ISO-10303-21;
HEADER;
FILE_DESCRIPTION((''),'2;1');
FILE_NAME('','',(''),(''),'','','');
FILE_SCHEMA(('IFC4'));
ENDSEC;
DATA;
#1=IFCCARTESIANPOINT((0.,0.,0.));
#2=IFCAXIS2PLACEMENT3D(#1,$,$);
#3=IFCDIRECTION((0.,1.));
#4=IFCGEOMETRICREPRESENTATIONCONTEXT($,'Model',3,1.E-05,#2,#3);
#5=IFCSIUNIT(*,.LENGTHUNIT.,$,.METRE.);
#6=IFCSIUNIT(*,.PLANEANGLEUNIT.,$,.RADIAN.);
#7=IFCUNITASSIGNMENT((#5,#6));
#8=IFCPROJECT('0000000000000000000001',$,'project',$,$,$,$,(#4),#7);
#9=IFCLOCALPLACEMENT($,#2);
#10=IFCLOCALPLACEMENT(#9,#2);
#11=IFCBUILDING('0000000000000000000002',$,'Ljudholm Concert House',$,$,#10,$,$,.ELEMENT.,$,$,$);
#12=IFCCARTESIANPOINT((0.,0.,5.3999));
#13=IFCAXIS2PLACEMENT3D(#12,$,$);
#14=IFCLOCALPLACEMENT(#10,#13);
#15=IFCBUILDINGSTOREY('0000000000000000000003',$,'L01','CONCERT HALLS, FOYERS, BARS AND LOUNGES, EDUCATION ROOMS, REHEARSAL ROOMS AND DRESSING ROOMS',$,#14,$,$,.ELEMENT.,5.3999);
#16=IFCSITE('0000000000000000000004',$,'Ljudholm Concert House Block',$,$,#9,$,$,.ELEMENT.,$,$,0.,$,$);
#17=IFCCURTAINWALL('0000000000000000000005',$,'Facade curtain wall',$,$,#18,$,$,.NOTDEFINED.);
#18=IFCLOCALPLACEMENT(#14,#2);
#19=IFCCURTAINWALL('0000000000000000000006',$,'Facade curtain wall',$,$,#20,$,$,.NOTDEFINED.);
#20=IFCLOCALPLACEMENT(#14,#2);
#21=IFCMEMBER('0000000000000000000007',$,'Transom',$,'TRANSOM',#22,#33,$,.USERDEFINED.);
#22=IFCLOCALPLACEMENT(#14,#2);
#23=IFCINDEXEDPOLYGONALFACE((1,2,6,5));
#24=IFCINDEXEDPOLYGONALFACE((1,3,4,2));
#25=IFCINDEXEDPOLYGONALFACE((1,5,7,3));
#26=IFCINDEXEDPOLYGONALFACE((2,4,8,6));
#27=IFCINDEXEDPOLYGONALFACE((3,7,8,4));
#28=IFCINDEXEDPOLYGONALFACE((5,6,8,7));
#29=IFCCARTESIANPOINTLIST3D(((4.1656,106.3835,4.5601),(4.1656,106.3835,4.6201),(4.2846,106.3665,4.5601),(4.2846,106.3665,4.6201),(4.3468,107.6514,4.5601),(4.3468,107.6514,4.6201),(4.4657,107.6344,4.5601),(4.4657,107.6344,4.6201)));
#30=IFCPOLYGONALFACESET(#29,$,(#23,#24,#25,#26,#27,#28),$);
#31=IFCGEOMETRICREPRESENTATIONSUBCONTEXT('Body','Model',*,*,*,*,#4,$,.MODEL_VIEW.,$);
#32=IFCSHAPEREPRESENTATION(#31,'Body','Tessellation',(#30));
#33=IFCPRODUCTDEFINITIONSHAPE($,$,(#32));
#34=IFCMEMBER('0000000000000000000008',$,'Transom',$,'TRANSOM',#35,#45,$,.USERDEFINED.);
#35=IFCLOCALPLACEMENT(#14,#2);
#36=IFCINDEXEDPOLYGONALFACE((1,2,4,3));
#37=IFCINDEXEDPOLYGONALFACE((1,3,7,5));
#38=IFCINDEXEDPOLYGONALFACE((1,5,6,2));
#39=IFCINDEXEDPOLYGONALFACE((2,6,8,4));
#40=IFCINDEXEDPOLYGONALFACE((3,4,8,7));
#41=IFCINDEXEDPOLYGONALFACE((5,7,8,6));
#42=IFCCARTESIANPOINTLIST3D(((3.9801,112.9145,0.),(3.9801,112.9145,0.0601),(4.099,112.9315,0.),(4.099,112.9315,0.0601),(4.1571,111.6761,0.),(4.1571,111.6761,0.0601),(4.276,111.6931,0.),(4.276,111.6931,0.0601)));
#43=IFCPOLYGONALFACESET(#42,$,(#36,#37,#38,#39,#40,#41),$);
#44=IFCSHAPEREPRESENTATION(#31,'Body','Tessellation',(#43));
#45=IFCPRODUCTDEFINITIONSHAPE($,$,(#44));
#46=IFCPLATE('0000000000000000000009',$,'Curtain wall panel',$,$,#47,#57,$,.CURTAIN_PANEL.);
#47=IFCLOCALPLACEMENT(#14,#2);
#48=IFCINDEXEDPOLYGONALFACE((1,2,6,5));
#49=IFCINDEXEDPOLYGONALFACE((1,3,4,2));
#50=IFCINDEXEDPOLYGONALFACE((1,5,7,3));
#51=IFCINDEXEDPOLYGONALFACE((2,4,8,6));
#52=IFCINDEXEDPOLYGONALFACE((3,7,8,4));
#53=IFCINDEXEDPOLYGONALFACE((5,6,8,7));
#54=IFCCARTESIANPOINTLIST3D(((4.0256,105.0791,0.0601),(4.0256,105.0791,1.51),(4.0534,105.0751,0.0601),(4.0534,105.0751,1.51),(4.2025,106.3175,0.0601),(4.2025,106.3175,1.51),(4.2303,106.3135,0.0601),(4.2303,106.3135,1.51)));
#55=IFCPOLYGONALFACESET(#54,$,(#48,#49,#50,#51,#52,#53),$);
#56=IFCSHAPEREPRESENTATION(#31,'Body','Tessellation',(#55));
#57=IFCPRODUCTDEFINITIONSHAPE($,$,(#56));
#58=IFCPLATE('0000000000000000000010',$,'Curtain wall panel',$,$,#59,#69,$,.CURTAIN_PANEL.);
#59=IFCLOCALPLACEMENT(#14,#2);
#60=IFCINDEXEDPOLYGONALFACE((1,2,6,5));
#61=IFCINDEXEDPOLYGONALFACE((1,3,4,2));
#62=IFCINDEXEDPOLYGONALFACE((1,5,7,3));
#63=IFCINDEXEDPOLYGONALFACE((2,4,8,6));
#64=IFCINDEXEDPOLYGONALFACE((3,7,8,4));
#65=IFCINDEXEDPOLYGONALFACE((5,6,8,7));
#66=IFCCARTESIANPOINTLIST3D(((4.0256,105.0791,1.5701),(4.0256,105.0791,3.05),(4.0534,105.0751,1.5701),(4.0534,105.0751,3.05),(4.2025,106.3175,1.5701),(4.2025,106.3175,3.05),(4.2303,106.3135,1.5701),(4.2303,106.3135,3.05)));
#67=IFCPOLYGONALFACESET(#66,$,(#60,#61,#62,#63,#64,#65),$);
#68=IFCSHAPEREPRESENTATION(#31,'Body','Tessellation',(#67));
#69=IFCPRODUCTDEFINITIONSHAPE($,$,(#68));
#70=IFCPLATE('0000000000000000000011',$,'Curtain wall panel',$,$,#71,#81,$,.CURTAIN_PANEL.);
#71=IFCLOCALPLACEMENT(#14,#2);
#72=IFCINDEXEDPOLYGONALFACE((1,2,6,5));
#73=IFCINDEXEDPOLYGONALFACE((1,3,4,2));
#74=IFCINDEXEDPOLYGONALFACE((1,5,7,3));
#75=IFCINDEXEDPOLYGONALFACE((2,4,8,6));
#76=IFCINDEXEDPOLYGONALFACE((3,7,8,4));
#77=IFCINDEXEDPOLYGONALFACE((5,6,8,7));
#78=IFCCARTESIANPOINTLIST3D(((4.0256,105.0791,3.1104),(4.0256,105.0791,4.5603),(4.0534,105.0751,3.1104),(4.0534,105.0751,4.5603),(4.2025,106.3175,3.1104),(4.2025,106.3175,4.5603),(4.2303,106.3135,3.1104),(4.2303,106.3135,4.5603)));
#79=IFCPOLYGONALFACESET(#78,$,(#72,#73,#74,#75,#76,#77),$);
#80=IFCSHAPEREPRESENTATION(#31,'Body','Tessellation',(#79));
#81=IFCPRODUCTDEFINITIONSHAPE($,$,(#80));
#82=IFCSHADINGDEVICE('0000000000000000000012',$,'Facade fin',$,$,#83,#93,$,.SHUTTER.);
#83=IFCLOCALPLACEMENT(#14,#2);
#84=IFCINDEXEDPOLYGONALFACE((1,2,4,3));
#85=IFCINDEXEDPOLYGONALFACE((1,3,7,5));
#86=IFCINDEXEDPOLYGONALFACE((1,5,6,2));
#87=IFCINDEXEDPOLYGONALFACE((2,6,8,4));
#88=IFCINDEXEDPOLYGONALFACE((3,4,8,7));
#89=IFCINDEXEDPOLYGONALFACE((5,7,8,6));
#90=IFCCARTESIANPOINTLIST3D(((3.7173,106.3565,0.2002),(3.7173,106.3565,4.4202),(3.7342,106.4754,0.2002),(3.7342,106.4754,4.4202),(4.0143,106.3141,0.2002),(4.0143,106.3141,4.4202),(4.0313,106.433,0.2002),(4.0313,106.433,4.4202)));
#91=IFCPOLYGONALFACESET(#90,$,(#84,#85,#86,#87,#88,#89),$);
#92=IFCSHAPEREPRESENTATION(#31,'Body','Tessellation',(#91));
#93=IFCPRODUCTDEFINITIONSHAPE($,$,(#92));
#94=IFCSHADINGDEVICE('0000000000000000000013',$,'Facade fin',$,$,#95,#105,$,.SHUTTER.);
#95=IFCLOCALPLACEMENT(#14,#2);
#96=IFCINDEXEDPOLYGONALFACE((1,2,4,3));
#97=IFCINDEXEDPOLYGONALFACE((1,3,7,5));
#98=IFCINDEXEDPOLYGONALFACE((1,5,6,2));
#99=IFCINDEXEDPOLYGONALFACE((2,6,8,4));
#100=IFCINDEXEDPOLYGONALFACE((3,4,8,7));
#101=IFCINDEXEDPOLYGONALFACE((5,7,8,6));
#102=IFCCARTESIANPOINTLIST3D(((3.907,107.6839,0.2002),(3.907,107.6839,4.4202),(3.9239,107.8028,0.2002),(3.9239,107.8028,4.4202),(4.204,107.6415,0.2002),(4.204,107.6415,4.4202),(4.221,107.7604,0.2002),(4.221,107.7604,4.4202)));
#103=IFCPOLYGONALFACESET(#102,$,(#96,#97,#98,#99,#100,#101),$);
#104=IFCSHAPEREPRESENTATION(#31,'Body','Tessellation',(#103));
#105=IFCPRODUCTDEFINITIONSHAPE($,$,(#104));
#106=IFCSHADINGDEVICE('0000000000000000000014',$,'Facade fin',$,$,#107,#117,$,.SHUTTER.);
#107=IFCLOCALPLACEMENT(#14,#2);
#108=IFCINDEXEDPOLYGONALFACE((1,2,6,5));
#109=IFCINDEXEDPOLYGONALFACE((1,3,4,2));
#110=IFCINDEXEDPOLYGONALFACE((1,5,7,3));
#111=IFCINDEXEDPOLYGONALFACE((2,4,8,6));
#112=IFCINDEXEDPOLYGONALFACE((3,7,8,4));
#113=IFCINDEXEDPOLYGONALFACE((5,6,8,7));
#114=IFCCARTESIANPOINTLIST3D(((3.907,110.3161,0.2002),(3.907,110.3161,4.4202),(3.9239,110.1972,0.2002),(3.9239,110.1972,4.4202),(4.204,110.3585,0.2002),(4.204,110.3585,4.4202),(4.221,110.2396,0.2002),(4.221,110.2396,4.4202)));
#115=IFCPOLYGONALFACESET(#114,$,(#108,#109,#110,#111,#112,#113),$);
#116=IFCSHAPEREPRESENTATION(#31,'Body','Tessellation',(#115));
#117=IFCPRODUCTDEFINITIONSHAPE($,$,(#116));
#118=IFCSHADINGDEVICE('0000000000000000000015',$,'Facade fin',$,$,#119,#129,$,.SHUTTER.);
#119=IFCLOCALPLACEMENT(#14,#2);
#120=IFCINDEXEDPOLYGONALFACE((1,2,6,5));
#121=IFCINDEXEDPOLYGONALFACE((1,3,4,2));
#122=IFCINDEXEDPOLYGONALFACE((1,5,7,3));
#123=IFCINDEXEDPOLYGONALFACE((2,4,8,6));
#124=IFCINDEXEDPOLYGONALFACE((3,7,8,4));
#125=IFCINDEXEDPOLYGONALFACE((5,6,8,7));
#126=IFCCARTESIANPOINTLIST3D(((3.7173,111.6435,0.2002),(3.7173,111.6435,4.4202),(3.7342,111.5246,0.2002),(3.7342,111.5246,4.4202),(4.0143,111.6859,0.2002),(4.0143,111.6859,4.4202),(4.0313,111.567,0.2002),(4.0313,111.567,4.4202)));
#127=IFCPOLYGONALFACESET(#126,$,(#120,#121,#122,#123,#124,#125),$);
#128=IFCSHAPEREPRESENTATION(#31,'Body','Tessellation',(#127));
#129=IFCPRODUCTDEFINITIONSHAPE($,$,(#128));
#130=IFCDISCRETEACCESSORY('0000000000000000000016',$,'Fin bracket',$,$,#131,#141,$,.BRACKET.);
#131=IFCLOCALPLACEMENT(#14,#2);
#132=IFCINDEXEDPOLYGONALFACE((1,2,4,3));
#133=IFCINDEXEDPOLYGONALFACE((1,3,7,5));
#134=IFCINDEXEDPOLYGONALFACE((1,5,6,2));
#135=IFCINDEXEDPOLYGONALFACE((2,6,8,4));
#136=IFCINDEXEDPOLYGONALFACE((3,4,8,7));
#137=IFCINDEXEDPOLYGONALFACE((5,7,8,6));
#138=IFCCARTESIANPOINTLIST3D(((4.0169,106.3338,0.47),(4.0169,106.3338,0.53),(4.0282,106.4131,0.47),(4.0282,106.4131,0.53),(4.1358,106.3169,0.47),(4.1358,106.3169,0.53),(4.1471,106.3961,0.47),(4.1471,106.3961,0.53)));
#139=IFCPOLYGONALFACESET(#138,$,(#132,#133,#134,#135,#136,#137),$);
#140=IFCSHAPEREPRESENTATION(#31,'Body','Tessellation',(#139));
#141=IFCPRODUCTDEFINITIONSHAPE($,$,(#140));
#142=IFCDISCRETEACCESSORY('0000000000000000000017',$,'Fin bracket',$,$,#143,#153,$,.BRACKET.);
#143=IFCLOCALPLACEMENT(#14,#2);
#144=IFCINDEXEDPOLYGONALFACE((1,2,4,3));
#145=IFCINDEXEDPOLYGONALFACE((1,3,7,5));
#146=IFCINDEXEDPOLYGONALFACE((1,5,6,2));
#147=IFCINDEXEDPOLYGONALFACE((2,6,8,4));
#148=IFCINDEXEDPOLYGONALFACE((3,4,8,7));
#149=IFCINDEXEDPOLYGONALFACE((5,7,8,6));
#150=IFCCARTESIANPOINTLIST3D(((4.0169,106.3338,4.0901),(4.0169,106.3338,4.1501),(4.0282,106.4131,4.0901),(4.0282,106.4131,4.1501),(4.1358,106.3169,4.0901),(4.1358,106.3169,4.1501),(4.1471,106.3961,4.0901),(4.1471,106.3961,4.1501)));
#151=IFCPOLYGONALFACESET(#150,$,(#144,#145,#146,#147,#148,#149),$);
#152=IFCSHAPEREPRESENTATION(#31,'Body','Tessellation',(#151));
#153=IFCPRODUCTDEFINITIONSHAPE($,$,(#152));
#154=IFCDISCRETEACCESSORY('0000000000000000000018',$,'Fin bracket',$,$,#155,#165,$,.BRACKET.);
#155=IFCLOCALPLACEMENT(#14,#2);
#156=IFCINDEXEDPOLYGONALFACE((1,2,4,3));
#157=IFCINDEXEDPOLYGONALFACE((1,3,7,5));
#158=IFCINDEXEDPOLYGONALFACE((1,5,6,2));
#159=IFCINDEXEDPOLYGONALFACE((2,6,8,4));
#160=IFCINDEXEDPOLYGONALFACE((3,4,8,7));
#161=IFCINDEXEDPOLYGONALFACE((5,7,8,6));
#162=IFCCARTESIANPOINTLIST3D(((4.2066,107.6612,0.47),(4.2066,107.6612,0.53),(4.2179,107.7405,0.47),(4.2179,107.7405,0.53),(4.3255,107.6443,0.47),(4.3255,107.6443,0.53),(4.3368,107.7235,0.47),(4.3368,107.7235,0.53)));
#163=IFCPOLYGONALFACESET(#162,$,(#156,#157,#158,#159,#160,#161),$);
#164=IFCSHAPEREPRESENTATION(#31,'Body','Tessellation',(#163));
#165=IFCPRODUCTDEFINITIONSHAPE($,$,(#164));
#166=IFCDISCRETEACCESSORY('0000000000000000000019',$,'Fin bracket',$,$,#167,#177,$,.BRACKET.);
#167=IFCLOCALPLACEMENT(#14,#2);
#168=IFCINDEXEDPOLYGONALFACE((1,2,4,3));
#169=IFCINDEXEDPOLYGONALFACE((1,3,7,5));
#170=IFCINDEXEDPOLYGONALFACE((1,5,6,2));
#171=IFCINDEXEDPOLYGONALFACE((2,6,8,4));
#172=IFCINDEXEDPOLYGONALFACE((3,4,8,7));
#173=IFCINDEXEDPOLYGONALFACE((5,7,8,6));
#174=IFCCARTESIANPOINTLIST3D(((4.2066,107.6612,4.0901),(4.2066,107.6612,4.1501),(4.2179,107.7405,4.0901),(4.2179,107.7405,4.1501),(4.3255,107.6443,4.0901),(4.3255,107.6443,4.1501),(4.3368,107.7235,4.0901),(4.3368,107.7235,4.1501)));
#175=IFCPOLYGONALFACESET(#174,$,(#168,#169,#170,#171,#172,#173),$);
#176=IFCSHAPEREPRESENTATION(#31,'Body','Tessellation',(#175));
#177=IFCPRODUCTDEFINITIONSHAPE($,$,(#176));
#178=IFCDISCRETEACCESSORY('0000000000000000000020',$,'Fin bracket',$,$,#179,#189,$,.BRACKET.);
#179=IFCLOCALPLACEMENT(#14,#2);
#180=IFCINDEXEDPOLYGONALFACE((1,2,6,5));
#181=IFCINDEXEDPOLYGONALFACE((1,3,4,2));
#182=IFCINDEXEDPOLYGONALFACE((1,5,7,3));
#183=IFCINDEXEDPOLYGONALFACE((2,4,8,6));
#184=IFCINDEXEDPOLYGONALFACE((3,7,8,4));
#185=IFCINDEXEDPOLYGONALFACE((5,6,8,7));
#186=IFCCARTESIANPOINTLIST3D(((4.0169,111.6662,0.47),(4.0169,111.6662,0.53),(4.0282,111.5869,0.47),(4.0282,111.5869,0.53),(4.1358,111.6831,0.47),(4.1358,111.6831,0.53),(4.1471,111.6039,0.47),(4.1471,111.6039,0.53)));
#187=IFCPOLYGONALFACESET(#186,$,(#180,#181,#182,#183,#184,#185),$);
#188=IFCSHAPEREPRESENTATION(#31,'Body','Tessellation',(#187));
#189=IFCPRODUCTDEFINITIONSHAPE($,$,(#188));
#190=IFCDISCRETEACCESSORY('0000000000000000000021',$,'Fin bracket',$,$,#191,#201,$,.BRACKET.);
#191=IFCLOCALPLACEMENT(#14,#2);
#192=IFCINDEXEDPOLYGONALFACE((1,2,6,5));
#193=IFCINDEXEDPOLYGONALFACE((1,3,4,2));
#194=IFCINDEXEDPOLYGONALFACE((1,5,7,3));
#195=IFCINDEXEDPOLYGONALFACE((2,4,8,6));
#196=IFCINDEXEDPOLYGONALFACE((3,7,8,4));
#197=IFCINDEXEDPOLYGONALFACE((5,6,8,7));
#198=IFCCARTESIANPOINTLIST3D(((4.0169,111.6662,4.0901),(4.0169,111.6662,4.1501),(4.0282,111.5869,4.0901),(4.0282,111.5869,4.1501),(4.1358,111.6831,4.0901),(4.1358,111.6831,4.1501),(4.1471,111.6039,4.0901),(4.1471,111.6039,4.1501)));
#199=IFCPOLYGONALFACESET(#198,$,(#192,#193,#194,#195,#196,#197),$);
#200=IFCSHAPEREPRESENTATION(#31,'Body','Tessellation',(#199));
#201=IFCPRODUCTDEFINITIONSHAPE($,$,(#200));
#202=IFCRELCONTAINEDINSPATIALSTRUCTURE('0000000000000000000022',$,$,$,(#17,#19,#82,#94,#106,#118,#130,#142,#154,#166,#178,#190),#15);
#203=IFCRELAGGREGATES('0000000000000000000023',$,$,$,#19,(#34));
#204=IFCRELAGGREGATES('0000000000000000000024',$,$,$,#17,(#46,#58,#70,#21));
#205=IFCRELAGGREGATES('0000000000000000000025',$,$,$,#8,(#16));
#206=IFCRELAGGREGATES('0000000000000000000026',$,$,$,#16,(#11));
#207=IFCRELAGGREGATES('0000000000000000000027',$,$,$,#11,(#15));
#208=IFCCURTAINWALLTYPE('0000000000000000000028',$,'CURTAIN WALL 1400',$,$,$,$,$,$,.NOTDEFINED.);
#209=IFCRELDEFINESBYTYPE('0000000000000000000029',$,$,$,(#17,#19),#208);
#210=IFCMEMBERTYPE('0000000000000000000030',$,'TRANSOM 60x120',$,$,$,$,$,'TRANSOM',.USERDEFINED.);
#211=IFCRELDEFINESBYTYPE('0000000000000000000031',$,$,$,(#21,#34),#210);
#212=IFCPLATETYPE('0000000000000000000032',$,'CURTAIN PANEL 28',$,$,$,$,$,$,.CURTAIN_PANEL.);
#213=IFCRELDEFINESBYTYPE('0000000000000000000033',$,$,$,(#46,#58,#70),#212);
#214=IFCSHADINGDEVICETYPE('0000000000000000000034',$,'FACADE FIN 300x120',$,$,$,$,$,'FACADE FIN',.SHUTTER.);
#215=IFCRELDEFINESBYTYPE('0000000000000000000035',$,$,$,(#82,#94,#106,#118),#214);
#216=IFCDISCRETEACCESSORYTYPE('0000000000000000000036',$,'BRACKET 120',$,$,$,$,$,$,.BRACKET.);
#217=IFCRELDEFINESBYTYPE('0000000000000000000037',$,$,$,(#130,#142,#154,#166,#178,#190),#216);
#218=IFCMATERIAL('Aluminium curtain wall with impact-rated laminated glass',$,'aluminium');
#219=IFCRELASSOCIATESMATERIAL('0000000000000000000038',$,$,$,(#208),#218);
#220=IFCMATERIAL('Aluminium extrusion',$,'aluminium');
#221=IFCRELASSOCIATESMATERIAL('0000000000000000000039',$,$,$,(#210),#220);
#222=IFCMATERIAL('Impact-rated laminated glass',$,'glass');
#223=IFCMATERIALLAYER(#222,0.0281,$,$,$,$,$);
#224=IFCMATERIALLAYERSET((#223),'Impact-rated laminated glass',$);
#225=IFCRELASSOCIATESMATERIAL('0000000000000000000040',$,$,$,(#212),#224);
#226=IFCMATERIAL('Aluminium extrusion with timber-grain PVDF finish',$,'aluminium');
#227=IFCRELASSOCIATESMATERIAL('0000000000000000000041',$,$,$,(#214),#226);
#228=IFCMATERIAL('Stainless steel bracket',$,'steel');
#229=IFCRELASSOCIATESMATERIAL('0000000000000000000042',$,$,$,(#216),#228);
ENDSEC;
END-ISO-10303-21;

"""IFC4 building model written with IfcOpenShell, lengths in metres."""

from ifc_helpers import new_model, si_unit, direction, frame, origin, origin_2d, place, context, subcontext, project, spatial, rectangle, extrude, material, layer, layer_set, material_profile, profile_set, type_object, element, aggregate, save


model = new_model("IFC4")

# Units and contexts
model_context = context("Model", 3, precision=1e-05, world=origin(), true_north=direction((0.0, 1.0)))
body_context = subcontext(model_context, "Body", "Model", "MODEL_VIEW")
ifc_project = project(units=[si_unit("LENGTHUNIT", "METRE"), si_unit("PLANEANGLEUNIT", "RADIAN")], contexts=[model_context])

# Site, building, storey
site_placement = place(None, origin())
site = spatial("IfcSite", under=ifc_project, at=site_placement, Name="Ljudholm Concert House Block", CompositionType="ELEMENT", RefElevation=0.0)
building_placement = place(site_placement, origin())
building = spatial("IfcBuilding", under=site, at=building_placement, Name="Ljudholm Concert House", CompositionType="ELEMENT")
storey_placement = place(building_placement, frame((0.0, 0.0, 5.3999)))
storey = spatial("IfcBuildingStorey", under=building, at=storey_placement, Name="L01", Description="CONCERT HALLS, FOYERS, BARS AND LOUNGES, EDUCATION ROOMS, REHEARSAL ROOMS AND DRESSING ROOMS", CompositionType="ELEMENT", Elevation=5.3999)

# Curtain wall
ifc_material_1 = material(Name="Aluminium curtain wall with impact-rated laminated glass", Category="aluminium")
curtain_wall_type = type_object("IfcCurtainWallType", Name="CURTAIN WALL 1400", PredefinedType="NOTDEFINED", material=ifc_material_1)
curtain_wall_1_placement = place(storey_placement, origin())
curtain_wall_1 = element("IfcCurtainWall", 1, at=curtain_wall_1_placement, inside=storey, type_object=curtain_wall_type, Name="Facade curtain wall", PredefinedType="NOTDEFINED")

# Curtain wall
curtain_wall_2_placement = place(storey_placement, origin())
curtain_wall_2 = element("IfcCurtainWall", 2, at=curtain_wall_2_placement, inside=storey, type_object=curtain_wall_type, Name="Facade curtain wall", PredefinedType="NOTDEFINED")

# Members
ifc_material_2 = material(Name="Aluminium extrusion", Category="aluminium")
ifc_material_profile_1 = material_profile(ifc_material_2, rectangle(XDim=0.1201, YDim=0.0601, at=origin_2d()), Name="TRANSOM 60x120")
ifc_profile_set_1 = profile_set([ifc_material_profile_1], Name="Aluminium extrusion")
member_type_1 = type_object("IfcMemberType", Name="TRANSOM 60x120", ElementType="TRANSOM", PredefinedType="USERDEFINED", material=ifc_profile_set_1)
member_1_placement = place(storey_placement, frame((4.2251, 106.375, 4.5901), z_axis=(0.141448, 0.989946, 0.0), x_axis=(-0.989946, 0.141448, 0.0)))
member_1 = element("IfcMember", 3, at=member_1_placement, type_object=member_type_1, Name="Transom", ObjectType="TRANSOM", PredefinedType="USERDEFINED", context=body_context, shape_type="SweptSolid", body=[
    extrude(rectangle(XDim=0.1201, YDim=0.0601, at=origin_2d()), origin(), (0.0, 0.0, 1.0), 1.2808),
])
member_2_placement = place(storey_placement, frame((4.2166, 111.6846, 0.03), z_axis=(-0.141503, 0.989938, 0.0), x_axis=(-0.989938, -0.141503, 0.0)))
member_2 = element("IfcMember", 4, at=member_2_placement, type_object=member_type_1, Name="Transom", ObjectType="TRANSOM", PredefinedType="USERDEFINED", context=body_context, shape_type="SweptSolid", body=[
    extrude(rectangle(XDim=0.1201, YDim=0.0601, at=origin_2d()), origin(), (0.0, 0.0, 1.0), 1.251),
])
aggregate(curtain_wall_2, [member_2])

# Plates
ifc_material_3 = material(Name="Impact-rated laminated glass", Category="glass")
ifc_layer = layer(ifc_material_3, 0.0281)
ifc_layer_set = layer_set([ifc_layer], Name="Impact-rated laminated glass")
plate_type = type_object("IfcPlateType", Name="CURTAIN PANEL 28", PredefinedType="CURTAIN_PANEL", material=ifc_layer_set)
plate_1_placement = place(storey_placement, frame((4.1279, 105.6963, 0.0601), z_axis=(0.0, 0.0, 1.0), x_axis=(0.141421, 0.989949, 0.0)))
plate_1 = element("IfcPlate", 5, at=plate_1_placement, type_object=plate_type, Name="Curtain wall panel", PredefinedType="CURTAIN_PANEL", context=body_context, shape_type="SweptSolid", body=[
    extrude(rectangle(XDim=1.251, YDim=0.0281, at=origin_2d()), origin(), (0.0, 0.0, 1.0), 1.45),
])
plate_2_placement = place(storey_placement, frame((4.1279, 105.6963, 1.5701), z_axis=(0.0, 0.0, 1.0), x_axis=(0.141421, 0.989949, 0.0)))
plate_2 = element("IfcPlate", 6, at=plate_2_placement, type_object=plate_type, Name="Curtain wall panel", PredefinedType="CURTAIN_PANEL", context=body_context, shape_type="SweptSolid", body=[
    extrude(rectangle(XDim=1.251, YDim=0.0281, at=origin_2d()), origin(), (0.0, 0.0, 1.0), 1.48),
])
plate_3_placement = place(storey_placement, frame((4.1279, 105.6963, 3.1104), z_axis=(0.0, 0.0, 1.0), x_axis=(0.141421, 0.989949, 0.0)))
plate_3 = element("IfcPlate", 7, at=plate_3_placement, type_object=plate_type, Name="Curtain wall panel", PredefinedType="CURTAIN_PANEL", context=body_context, shape_type="SweptSolid", body=[
    extrude(rectangle(XDim=1.251, YDim=0.0281, at=origin_2d()), origin(), (0.0, 0.0, 1.0), 1.45),
])
aggregate(curtain_wall_1, [plate_1, plate_2, plate_3, member_1])

# Shading devices
ifc_material_4 = material(Name="Aluminium extrusion with timber-grain PVDF finish", Category="aluminium")
shading_device_type = type_object("IfcShadingDeviceType", Name="FACADE FIN 300x120", ElementType="FACADE FIN", PredefinedType="SHUTTER", material=ifc_material_4)
for number, where, z_axis, x_axis, name in (
    (8, (3.8743, 106.3948, 0.2002), (0.0, 0.0, 1.0), (-0.989949, 0.141421, 0.0), "Facade fin"),
    (9, (4.064, 107.7222, 0.2002), (0.0, 0.0, 1.0), (-0.989949, 0.141421, 0.0), "Facade fin"),
    (10, (4.064, 110.2778, 0.2002), (0.0, 0.0, 1.0), (-0.989949, -0.141421, 0.0), "Facade fin"),
    (11, (3.8743, 111.6052, 0.2002), (0.0, 0.0, 1.0), (-0.989949, -0.141421, 0.0), "Facade fin"),
):
    element("IfcShadingDevice", number, at=place(storey_placement, frame(where, z_axis=z_axis, x_axis=x_axis)), inside=storey, type_object=shading_device_type, Name=name, PredefinedType="SHUTTER", context=body_context, shape_type="SweptSolid", body=[
        extrude(rectangle(XDim=0.3, YDim=0.1201, at=origin_2d()), origin(), (0.0, 0.0, 1.0), 4.22),
    ])

# Discrete accessories
ifc_material_5 = material(Name="Stainless steel bracket", Category="steel")
discrete_accessory_type = type_object("IfcDiscreteAccessoryType", Name="BRACKET 120", PredefinedType="BRACKET", material=ifc_material_5)
for number, where, z_axis, x_axis, name in (
    (12, (4.082, 106.365, 0.47), (0.0, 0.0, 1.0), (-0.989949, 0.141421, 0.0), "Fin bracket"),
    (13, (4.082, 106.365, 4.0901), (0.0, 0.0, 1.0), (-0.989949, 0.141421, 0.0), "Fin bracket"),
    (14, (4.2717, 107.6924, 0.47), (0.0, 0.0, 1.0), (-0.989949, 0.141421, 0.0), "Fin bracket"),
    (15, (4.2717, 107.6924, 4.0901), (0.0, 0.0, 1.0), (-0.989949, 0.141421, 0.0), "Fin bracket"),
    (16, (4.082, 111.635, 0.47), (0.0, 0.0, 1.0), (-0.989949, -0.141421, 0.0), "Fin bracket"),
    (17, (4.082, 111.635, 4.0901), (0.0, 0.0, 1.0), (-0.989949, -0.141421, 0.0), "Fin bracket"),
):
    element("IfcDiscreteAccessory", number, at=place(storey_placement, frame(where, z_axis=z_axis, x_axis=x_axis)), inside=storey, type_object=discrete_accessory_type, Name=name, PredefinedType="BRACKET", context=body_context, shape_type="SweptSolid", body=[
        extrude(rectangle(XDim=0.1201, YDim=0.0801, at=origin_2d()), origin(), (0.0, 0.0, 1.0), 0.0601),
    ])

save(model, "model.ifc")
